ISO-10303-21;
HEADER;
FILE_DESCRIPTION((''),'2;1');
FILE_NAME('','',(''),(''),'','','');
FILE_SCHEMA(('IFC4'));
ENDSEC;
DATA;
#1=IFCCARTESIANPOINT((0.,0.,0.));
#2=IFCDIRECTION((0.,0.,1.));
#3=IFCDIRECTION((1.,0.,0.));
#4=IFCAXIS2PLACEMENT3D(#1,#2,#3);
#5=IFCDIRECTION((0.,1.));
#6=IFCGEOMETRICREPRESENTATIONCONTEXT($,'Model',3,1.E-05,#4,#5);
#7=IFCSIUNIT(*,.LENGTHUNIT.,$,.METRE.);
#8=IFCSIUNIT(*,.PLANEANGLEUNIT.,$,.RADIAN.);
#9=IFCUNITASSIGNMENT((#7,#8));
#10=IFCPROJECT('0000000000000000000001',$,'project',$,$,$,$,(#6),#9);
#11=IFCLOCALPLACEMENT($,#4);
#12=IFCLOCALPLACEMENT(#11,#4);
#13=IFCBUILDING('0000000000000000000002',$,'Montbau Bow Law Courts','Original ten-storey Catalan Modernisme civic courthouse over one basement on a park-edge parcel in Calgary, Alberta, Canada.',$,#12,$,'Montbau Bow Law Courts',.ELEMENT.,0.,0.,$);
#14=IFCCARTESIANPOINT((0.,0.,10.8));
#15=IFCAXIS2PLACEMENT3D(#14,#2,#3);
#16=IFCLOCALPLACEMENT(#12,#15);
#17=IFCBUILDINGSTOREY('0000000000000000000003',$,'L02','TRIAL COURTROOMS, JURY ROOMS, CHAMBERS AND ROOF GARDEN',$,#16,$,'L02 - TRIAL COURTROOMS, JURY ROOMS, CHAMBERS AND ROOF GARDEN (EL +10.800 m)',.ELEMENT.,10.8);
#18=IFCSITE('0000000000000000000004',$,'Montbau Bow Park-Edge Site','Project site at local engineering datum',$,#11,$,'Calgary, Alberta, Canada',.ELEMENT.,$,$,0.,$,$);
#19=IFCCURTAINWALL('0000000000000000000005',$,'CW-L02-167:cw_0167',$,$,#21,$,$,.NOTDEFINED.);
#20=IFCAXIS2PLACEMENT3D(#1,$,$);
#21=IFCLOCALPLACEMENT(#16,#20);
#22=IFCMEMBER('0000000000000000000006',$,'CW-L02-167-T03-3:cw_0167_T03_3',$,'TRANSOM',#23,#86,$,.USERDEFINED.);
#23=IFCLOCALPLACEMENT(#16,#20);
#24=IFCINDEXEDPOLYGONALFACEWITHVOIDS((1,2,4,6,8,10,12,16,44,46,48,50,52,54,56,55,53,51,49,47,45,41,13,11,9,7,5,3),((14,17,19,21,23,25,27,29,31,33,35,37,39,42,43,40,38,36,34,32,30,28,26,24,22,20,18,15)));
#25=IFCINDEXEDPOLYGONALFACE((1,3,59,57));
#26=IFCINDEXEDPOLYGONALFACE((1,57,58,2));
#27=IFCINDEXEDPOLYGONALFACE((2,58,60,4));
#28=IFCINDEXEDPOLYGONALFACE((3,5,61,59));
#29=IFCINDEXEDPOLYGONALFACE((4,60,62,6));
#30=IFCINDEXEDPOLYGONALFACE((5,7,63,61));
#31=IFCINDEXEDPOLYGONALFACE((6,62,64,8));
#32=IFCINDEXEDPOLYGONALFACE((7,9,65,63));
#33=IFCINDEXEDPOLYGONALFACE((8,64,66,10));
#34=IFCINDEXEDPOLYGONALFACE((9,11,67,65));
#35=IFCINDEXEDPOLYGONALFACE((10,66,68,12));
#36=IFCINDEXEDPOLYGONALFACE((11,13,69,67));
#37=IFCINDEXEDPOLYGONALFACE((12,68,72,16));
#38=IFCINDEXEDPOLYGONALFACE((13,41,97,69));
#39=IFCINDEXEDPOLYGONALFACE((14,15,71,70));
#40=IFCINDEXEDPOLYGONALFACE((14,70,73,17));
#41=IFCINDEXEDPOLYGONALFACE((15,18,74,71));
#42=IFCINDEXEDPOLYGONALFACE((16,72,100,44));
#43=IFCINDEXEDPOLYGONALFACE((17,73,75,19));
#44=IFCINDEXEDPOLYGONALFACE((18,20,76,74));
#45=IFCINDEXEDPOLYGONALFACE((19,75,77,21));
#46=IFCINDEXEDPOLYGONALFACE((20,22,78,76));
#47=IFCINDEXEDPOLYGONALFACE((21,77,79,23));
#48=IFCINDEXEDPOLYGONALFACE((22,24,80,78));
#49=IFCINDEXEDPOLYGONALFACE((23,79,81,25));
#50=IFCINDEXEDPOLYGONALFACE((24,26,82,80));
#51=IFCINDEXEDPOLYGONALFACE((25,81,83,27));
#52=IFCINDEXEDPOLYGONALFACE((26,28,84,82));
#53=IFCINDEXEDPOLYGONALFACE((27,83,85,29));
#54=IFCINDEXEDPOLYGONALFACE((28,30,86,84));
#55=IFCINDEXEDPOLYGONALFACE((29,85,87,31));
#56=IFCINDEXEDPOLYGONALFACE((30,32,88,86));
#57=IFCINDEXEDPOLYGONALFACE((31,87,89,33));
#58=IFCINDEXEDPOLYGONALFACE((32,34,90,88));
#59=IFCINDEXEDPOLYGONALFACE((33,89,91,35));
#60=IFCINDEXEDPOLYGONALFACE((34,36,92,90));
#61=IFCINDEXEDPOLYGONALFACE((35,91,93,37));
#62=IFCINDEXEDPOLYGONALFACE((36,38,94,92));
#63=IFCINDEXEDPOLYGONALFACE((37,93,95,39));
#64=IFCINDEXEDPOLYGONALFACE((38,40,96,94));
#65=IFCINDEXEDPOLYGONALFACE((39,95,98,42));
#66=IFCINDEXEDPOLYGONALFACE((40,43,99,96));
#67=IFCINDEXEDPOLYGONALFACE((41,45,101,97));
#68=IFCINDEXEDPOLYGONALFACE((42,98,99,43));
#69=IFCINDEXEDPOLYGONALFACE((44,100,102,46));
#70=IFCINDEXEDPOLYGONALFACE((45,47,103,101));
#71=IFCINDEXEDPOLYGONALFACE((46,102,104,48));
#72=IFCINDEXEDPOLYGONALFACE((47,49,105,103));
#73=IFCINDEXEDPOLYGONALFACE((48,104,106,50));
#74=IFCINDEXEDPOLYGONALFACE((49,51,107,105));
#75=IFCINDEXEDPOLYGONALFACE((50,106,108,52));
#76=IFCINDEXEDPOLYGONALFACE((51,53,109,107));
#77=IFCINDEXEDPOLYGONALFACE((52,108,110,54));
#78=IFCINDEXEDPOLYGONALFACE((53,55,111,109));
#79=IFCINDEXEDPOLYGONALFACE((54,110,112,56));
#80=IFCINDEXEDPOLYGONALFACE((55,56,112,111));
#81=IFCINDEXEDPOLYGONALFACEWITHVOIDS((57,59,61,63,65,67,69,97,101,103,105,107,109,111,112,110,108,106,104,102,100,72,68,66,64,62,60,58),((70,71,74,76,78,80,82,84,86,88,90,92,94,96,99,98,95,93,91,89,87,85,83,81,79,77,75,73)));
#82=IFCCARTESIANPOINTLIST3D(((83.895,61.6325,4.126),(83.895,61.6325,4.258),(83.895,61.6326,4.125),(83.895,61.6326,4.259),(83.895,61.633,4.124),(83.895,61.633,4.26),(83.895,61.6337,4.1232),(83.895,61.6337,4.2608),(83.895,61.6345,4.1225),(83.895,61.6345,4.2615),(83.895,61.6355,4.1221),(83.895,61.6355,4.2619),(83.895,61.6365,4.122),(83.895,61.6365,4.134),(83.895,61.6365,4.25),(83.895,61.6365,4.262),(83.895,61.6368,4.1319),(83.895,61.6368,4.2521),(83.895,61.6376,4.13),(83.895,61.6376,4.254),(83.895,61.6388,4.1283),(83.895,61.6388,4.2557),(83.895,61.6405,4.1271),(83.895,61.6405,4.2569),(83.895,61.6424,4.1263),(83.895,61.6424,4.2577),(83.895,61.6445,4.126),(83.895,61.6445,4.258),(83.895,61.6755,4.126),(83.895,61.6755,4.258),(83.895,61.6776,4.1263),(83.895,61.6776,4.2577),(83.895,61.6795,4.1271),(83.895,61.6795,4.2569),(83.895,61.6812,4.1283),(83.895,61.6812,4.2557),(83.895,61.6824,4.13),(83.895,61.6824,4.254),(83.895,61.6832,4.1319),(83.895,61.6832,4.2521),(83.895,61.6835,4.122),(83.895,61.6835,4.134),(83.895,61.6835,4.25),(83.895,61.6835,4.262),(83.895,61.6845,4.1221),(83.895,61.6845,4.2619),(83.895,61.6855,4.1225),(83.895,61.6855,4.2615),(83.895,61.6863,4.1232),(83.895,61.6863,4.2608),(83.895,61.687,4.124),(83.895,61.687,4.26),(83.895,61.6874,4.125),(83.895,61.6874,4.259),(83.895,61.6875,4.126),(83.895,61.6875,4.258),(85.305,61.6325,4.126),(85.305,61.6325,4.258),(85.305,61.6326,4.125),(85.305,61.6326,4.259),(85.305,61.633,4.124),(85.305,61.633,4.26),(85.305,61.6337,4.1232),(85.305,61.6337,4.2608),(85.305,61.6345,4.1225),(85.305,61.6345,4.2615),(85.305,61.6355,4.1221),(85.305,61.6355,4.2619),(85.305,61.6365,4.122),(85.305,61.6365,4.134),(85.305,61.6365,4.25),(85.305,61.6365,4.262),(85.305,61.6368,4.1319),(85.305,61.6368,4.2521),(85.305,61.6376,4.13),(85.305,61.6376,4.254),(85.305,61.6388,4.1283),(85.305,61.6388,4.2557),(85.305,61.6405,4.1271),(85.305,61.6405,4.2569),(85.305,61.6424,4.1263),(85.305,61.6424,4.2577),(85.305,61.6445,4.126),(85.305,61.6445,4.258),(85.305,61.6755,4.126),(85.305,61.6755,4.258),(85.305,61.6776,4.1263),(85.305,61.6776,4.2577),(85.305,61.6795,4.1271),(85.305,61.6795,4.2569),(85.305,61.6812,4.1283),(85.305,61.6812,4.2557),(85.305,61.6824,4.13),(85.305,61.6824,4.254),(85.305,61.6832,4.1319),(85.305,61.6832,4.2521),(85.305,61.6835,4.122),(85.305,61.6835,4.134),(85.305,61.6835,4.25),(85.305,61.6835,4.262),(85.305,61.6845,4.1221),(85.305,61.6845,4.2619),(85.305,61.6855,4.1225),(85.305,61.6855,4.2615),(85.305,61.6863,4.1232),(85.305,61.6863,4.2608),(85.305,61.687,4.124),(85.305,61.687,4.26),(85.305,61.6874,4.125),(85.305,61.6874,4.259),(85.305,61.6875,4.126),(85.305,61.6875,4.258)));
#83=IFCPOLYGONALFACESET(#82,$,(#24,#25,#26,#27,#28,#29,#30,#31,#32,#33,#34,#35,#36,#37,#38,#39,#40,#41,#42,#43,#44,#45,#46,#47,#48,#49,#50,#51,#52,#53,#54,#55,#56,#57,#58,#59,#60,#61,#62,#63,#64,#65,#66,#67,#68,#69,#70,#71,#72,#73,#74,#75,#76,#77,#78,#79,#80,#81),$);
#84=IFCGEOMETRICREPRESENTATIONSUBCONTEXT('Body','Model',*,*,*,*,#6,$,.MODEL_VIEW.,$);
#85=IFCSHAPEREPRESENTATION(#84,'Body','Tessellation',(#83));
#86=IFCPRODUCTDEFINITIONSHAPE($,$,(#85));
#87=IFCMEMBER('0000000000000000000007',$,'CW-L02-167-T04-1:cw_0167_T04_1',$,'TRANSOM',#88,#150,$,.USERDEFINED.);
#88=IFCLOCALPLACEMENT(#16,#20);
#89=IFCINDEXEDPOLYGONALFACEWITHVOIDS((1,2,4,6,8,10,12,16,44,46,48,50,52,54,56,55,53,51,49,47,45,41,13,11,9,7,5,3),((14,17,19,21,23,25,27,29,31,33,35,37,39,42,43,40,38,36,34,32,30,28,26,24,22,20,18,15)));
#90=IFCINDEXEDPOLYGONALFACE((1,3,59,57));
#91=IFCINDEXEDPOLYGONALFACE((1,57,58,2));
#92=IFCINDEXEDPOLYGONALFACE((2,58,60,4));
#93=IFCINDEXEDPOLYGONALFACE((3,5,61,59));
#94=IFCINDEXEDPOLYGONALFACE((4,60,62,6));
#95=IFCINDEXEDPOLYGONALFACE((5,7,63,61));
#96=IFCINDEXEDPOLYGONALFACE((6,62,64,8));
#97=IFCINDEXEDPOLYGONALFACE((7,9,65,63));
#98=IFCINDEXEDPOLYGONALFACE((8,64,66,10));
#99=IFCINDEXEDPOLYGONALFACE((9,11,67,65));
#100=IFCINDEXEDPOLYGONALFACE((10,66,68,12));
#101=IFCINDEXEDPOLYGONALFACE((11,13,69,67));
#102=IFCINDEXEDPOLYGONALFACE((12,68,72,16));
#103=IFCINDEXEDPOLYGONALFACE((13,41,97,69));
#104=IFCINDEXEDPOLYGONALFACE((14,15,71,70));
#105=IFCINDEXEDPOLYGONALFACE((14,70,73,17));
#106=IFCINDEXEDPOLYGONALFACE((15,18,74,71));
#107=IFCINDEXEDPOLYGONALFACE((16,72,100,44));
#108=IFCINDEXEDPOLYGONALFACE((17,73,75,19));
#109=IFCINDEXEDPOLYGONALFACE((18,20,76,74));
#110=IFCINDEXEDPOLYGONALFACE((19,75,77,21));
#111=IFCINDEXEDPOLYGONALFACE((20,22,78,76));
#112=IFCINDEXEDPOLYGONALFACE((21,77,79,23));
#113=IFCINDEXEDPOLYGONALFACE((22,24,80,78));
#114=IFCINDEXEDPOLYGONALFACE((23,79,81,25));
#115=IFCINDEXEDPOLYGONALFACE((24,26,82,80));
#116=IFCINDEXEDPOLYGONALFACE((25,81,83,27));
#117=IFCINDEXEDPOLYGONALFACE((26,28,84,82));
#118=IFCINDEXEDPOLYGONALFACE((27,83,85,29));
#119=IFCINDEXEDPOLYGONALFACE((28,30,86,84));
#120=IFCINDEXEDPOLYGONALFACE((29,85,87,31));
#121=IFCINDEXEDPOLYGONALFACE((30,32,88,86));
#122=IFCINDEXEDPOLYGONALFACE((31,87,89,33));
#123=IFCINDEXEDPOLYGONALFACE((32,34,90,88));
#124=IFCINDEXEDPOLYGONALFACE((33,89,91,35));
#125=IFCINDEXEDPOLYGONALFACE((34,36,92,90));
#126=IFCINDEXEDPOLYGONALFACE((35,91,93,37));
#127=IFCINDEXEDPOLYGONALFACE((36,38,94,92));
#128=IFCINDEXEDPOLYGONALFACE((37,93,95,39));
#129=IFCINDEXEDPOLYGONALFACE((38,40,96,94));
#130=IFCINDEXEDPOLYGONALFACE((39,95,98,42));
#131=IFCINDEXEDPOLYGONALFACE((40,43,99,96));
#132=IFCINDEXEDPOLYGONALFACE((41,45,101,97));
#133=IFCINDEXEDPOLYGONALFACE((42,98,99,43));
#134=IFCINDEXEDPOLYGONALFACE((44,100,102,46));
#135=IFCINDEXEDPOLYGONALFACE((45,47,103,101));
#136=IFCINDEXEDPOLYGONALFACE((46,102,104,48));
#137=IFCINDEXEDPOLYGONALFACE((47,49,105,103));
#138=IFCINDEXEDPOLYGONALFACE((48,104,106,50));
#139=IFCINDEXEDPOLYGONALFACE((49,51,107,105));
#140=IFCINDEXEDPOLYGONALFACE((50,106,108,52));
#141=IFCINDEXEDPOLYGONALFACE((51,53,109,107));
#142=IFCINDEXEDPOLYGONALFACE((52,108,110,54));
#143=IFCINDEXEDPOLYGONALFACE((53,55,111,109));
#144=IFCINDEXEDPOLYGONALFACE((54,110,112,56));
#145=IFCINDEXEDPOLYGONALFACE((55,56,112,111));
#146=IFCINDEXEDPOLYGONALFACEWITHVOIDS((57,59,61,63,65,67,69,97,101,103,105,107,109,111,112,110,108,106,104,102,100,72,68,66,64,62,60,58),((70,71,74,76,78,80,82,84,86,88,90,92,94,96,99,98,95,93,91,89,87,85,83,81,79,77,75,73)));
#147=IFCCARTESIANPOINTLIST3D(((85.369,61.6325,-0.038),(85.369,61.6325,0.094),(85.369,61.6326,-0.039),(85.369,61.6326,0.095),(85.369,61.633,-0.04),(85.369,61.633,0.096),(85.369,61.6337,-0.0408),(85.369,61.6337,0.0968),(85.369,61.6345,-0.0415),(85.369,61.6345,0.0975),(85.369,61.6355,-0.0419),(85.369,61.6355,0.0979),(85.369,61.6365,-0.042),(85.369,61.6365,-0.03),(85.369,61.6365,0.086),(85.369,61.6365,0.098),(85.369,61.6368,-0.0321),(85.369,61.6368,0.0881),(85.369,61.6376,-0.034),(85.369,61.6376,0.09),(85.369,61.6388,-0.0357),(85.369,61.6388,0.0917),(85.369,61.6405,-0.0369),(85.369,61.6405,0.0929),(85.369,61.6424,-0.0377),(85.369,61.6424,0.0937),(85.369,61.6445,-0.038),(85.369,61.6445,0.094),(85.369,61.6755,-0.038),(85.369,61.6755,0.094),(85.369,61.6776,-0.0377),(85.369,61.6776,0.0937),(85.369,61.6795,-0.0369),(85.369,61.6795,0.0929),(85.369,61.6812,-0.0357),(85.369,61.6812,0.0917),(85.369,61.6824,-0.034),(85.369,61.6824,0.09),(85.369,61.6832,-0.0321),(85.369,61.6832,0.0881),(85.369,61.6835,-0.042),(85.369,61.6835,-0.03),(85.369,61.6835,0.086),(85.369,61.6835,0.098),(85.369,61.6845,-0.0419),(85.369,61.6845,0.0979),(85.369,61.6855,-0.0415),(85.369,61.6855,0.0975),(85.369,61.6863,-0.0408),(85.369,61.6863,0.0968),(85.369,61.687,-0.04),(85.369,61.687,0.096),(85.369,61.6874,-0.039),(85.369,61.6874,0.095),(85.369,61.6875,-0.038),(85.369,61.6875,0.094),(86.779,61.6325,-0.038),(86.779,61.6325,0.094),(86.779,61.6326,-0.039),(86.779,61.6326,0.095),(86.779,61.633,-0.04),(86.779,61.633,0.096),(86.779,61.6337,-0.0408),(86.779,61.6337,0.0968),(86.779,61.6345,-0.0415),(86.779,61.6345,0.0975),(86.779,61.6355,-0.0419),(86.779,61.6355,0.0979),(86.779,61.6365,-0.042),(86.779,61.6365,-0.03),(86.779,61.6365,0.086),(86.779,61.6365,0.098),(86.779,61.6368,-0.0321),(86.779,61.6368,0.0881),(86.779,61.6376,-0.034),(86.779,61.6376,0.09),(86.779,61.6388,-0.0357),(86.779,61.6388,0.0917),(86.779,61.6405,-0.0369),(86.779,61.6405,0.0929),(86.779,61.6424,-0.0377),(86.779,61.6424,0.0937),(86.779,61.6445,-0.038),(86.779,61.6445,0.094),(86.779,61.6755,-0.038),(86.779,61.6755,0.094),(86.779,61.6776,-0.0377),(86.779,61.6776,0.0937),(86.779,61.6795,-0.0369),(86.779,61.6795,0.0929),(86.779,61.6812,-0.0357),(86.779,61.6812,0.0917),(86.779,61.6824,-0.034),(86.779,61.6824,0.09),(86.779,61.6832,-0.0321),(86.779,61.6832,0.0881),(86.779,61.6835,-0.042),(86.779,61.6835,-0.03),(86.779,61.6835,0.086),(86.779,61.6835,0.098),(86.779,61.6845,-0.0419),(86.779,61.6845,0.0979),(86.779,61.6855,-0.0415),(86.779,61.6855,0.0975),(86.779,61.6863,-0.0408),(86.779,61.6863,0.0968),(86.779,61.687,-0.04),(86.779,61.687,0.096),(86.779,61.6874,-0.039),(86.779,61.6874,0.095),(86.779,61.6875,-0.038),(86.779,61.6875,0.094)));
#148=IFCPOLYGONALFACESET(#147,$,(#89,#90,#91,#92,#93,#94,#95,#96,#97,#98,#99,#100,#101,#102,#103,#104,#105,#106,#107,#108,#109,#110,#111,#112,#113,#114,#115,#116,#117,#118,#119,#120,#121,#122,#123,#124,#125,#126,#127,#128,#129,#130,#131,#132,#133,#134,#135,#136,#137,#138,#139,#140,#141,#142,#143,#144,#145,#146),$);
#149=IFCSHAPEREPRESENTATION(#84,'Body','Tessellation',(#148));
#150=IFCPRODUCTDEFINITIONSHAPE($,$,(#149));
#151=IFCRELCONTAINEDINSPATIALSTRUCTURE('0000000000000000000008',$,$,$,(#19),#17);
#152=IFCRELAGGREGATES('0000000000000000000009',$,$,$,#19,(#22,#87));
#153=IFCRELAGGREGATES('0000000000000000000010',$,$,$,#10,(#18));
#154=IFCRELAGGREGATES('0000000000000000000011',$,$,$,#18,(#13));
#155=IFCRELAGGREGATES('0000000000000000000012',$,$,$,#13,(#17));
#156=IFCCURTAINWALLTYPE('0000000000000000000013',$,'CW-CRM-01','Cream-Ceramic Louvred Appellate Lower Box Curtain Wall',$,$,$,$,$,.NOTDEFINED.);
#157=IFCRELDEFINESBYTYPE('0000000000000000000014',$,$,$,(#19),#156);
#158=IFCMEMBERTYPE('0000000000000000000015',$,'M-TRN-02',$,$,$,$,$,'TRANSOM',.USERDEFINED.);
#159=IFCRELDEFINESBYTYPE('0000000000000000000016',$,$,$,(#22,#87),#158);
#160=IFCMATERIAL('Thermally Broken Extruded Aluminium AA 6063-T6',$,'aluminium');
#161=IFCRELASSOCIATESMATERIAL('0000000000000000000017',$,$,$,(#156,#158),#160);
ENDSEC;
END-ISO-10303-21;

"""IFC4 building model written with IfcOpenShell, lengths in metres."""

from ifc_helpers import new_model, si_unit, direction, frame, origin_with_axes, origin_2d_with_axis, place, context, subcontext, project, spatial, hollow_rectangle, extrude, material, material_profile, profile_set, type_object, element, aggregate, save


model = new_model("IFC4")

# Units and contexts
model_context = context("Model", 3, precision=1e-05, world=origin_with_axes(), true_north=direction((0.0, 1.0)))
body_context = subcontext(model_context, "Body", "Model", "MODEL_VIEW")
ifc_project = project(units=[si_unit("LENGTHUNIT", "METRE"), si_unit("PLANEANGLEUNIT", "RADIAN")], contexts=[model_context])

# Site, building, storey
site_placement = place(None, origin_with_axes())
site = spatial("IfcSite", under=ifc_project, at=site_placement, Name="Montbau Bow Park-Edge Site", Description="Project site at local engineering datum", LongName="Calgary, Alberta, Canada", CompositionType="ELEMENT", RefElevation=0.0)
building_placement = place(site_placement, origin_with_axes())
building = spatial("IfcBuilding", under=site, at=building_placement, Name="Montbau Bow Law Courts", Description="Original ten-storey Catalan Modernisme civic courthouse over one basement on a park-edge parcel in Calgary, Alberta, Canada.", LongName="Montbau Bow Law Courts", CompositionType="ELEMENT", ElevationOfRefHeight=0.0, ElevationOfTerrain=0.0)
storey_placement = place(building_placement, frame((0.0, 0.0, 10.8), z_axis=(0.0, 0.0, 1.0), x_axis=(1.0, 0.0, 0.0)))
storey = spatial("IfcBuildingStorey", under=building, at=storey_placement, Name="L02", Description="TRIAL COURTROOMS, JURY ROOMS, CHAMBERS AND ROOF GARDEN", LongName="L02 - TRIAL COURTROOMS, JURY ROOMS, CHAMBERS AND ROOF GARDEN (EL +10.800 m)", CompositionType="ELEMENT", Elevation=10.8)

# Curtain wall, members
ifc_material_1 = material(Name="Thermally Broken Extruded Aluminium AA 6063-T6", Category="aluminium")
curtain_wall_type = type_object("IfcCurtainWallType", Name="CW-CRM-01", Description="Cream-Ceramic Louvred Appellate Lower Box Curtain Wall", PredefinedType="NOTDEFINED", material=ifc_material_1)
curtain_wall_placement = place(None, frame((80.915, 61.66, 10.8), z_axis=(0.0, 0.0, 1.0), x_axis=(1.0, 0.0, 0.0)))
curtain_wall = element("IfcCurtainWall", 1, at=curtain_wall_placement, inside=storey, type_object=curtain_wall_type, Name="CW-L02-167:cw_0167", PredefinedType="NOTDEFINED")
ifc_material_profile_1 = material_profile(ifc_material_1, hollow_rectangle(XDim=0.055, YDim=0.14, WallThickness=0.004, InnerFilletRadius=0.008, OuterFilletRadius=0.004, at=origin_2d_with_axis()), Name="CWT-140X55", Category="Main", Priority=0)
ifc_profile_set_1 = profile_set([ifc_material_profile_1], Name="Thermally Broken Extruded Aluminium AA 6063-T6")
member_type_1 = type_object("IfcMemberType", Name="M-TRN-02", ElementType="TRANSOM", PredefinedType="USERDEFINED", material=ifc_profile_set_1)
member_1_placement = place(None, frame((83.895, 61.66, 14.992), z_axis=(1.0, 0.0, 0.0), x_axis=(0.0, 1.0, 0.0)))
member_1 = element("IfcMember", 2, at=member_1_placement, type_object=member_type_1, Name="CW-L02-167-T03-3:cw_0167_T03_3", ObjectType="TRANSOM", PredefinedType="USERDEFINED", context=body_context, shape_type="SweptSolid", body=[
    extrude(hollow_rectangle(XDim=0.055, YDim=0.14, WallThickness=0.004, InnerFilletRadius=0.008, OuterFilletRadius=0.004, at=origin_2d_with_axis()), origin_with_axes(), (0.0, 0.0, 1.0), 1.41),
])
member_2_placement = place(None, frame((85.369, 61.66, 10.828), z_axis=(1.0, 0.0, 0.0), x_axis=(0.0, 1.0, 0.0)))
member_2 = element("IfcMember", 3, at=member_2_placement, type_object=member_type_1, Name="CW-L02-167-T04-1:cw_0167_T04_1", ObjectType="TRANSOM", PredefinedType="USERDEFINED", context=body_context, shape_type="SweptSolid", body=[
    extrude(hollow_rectangle(XDim=0.055, YDim=0.14, WallThickness=0.004, InnerFilletRadius=0.008, OuterFilletRadius=0.004, at=origin_2d_with_axis()), origin_with_axes(), (0.0, 0.0, 1.0), 1.41),
])
aggregate(curtain_wall, [member_1, member_2])

save(model, "model.ifc")
